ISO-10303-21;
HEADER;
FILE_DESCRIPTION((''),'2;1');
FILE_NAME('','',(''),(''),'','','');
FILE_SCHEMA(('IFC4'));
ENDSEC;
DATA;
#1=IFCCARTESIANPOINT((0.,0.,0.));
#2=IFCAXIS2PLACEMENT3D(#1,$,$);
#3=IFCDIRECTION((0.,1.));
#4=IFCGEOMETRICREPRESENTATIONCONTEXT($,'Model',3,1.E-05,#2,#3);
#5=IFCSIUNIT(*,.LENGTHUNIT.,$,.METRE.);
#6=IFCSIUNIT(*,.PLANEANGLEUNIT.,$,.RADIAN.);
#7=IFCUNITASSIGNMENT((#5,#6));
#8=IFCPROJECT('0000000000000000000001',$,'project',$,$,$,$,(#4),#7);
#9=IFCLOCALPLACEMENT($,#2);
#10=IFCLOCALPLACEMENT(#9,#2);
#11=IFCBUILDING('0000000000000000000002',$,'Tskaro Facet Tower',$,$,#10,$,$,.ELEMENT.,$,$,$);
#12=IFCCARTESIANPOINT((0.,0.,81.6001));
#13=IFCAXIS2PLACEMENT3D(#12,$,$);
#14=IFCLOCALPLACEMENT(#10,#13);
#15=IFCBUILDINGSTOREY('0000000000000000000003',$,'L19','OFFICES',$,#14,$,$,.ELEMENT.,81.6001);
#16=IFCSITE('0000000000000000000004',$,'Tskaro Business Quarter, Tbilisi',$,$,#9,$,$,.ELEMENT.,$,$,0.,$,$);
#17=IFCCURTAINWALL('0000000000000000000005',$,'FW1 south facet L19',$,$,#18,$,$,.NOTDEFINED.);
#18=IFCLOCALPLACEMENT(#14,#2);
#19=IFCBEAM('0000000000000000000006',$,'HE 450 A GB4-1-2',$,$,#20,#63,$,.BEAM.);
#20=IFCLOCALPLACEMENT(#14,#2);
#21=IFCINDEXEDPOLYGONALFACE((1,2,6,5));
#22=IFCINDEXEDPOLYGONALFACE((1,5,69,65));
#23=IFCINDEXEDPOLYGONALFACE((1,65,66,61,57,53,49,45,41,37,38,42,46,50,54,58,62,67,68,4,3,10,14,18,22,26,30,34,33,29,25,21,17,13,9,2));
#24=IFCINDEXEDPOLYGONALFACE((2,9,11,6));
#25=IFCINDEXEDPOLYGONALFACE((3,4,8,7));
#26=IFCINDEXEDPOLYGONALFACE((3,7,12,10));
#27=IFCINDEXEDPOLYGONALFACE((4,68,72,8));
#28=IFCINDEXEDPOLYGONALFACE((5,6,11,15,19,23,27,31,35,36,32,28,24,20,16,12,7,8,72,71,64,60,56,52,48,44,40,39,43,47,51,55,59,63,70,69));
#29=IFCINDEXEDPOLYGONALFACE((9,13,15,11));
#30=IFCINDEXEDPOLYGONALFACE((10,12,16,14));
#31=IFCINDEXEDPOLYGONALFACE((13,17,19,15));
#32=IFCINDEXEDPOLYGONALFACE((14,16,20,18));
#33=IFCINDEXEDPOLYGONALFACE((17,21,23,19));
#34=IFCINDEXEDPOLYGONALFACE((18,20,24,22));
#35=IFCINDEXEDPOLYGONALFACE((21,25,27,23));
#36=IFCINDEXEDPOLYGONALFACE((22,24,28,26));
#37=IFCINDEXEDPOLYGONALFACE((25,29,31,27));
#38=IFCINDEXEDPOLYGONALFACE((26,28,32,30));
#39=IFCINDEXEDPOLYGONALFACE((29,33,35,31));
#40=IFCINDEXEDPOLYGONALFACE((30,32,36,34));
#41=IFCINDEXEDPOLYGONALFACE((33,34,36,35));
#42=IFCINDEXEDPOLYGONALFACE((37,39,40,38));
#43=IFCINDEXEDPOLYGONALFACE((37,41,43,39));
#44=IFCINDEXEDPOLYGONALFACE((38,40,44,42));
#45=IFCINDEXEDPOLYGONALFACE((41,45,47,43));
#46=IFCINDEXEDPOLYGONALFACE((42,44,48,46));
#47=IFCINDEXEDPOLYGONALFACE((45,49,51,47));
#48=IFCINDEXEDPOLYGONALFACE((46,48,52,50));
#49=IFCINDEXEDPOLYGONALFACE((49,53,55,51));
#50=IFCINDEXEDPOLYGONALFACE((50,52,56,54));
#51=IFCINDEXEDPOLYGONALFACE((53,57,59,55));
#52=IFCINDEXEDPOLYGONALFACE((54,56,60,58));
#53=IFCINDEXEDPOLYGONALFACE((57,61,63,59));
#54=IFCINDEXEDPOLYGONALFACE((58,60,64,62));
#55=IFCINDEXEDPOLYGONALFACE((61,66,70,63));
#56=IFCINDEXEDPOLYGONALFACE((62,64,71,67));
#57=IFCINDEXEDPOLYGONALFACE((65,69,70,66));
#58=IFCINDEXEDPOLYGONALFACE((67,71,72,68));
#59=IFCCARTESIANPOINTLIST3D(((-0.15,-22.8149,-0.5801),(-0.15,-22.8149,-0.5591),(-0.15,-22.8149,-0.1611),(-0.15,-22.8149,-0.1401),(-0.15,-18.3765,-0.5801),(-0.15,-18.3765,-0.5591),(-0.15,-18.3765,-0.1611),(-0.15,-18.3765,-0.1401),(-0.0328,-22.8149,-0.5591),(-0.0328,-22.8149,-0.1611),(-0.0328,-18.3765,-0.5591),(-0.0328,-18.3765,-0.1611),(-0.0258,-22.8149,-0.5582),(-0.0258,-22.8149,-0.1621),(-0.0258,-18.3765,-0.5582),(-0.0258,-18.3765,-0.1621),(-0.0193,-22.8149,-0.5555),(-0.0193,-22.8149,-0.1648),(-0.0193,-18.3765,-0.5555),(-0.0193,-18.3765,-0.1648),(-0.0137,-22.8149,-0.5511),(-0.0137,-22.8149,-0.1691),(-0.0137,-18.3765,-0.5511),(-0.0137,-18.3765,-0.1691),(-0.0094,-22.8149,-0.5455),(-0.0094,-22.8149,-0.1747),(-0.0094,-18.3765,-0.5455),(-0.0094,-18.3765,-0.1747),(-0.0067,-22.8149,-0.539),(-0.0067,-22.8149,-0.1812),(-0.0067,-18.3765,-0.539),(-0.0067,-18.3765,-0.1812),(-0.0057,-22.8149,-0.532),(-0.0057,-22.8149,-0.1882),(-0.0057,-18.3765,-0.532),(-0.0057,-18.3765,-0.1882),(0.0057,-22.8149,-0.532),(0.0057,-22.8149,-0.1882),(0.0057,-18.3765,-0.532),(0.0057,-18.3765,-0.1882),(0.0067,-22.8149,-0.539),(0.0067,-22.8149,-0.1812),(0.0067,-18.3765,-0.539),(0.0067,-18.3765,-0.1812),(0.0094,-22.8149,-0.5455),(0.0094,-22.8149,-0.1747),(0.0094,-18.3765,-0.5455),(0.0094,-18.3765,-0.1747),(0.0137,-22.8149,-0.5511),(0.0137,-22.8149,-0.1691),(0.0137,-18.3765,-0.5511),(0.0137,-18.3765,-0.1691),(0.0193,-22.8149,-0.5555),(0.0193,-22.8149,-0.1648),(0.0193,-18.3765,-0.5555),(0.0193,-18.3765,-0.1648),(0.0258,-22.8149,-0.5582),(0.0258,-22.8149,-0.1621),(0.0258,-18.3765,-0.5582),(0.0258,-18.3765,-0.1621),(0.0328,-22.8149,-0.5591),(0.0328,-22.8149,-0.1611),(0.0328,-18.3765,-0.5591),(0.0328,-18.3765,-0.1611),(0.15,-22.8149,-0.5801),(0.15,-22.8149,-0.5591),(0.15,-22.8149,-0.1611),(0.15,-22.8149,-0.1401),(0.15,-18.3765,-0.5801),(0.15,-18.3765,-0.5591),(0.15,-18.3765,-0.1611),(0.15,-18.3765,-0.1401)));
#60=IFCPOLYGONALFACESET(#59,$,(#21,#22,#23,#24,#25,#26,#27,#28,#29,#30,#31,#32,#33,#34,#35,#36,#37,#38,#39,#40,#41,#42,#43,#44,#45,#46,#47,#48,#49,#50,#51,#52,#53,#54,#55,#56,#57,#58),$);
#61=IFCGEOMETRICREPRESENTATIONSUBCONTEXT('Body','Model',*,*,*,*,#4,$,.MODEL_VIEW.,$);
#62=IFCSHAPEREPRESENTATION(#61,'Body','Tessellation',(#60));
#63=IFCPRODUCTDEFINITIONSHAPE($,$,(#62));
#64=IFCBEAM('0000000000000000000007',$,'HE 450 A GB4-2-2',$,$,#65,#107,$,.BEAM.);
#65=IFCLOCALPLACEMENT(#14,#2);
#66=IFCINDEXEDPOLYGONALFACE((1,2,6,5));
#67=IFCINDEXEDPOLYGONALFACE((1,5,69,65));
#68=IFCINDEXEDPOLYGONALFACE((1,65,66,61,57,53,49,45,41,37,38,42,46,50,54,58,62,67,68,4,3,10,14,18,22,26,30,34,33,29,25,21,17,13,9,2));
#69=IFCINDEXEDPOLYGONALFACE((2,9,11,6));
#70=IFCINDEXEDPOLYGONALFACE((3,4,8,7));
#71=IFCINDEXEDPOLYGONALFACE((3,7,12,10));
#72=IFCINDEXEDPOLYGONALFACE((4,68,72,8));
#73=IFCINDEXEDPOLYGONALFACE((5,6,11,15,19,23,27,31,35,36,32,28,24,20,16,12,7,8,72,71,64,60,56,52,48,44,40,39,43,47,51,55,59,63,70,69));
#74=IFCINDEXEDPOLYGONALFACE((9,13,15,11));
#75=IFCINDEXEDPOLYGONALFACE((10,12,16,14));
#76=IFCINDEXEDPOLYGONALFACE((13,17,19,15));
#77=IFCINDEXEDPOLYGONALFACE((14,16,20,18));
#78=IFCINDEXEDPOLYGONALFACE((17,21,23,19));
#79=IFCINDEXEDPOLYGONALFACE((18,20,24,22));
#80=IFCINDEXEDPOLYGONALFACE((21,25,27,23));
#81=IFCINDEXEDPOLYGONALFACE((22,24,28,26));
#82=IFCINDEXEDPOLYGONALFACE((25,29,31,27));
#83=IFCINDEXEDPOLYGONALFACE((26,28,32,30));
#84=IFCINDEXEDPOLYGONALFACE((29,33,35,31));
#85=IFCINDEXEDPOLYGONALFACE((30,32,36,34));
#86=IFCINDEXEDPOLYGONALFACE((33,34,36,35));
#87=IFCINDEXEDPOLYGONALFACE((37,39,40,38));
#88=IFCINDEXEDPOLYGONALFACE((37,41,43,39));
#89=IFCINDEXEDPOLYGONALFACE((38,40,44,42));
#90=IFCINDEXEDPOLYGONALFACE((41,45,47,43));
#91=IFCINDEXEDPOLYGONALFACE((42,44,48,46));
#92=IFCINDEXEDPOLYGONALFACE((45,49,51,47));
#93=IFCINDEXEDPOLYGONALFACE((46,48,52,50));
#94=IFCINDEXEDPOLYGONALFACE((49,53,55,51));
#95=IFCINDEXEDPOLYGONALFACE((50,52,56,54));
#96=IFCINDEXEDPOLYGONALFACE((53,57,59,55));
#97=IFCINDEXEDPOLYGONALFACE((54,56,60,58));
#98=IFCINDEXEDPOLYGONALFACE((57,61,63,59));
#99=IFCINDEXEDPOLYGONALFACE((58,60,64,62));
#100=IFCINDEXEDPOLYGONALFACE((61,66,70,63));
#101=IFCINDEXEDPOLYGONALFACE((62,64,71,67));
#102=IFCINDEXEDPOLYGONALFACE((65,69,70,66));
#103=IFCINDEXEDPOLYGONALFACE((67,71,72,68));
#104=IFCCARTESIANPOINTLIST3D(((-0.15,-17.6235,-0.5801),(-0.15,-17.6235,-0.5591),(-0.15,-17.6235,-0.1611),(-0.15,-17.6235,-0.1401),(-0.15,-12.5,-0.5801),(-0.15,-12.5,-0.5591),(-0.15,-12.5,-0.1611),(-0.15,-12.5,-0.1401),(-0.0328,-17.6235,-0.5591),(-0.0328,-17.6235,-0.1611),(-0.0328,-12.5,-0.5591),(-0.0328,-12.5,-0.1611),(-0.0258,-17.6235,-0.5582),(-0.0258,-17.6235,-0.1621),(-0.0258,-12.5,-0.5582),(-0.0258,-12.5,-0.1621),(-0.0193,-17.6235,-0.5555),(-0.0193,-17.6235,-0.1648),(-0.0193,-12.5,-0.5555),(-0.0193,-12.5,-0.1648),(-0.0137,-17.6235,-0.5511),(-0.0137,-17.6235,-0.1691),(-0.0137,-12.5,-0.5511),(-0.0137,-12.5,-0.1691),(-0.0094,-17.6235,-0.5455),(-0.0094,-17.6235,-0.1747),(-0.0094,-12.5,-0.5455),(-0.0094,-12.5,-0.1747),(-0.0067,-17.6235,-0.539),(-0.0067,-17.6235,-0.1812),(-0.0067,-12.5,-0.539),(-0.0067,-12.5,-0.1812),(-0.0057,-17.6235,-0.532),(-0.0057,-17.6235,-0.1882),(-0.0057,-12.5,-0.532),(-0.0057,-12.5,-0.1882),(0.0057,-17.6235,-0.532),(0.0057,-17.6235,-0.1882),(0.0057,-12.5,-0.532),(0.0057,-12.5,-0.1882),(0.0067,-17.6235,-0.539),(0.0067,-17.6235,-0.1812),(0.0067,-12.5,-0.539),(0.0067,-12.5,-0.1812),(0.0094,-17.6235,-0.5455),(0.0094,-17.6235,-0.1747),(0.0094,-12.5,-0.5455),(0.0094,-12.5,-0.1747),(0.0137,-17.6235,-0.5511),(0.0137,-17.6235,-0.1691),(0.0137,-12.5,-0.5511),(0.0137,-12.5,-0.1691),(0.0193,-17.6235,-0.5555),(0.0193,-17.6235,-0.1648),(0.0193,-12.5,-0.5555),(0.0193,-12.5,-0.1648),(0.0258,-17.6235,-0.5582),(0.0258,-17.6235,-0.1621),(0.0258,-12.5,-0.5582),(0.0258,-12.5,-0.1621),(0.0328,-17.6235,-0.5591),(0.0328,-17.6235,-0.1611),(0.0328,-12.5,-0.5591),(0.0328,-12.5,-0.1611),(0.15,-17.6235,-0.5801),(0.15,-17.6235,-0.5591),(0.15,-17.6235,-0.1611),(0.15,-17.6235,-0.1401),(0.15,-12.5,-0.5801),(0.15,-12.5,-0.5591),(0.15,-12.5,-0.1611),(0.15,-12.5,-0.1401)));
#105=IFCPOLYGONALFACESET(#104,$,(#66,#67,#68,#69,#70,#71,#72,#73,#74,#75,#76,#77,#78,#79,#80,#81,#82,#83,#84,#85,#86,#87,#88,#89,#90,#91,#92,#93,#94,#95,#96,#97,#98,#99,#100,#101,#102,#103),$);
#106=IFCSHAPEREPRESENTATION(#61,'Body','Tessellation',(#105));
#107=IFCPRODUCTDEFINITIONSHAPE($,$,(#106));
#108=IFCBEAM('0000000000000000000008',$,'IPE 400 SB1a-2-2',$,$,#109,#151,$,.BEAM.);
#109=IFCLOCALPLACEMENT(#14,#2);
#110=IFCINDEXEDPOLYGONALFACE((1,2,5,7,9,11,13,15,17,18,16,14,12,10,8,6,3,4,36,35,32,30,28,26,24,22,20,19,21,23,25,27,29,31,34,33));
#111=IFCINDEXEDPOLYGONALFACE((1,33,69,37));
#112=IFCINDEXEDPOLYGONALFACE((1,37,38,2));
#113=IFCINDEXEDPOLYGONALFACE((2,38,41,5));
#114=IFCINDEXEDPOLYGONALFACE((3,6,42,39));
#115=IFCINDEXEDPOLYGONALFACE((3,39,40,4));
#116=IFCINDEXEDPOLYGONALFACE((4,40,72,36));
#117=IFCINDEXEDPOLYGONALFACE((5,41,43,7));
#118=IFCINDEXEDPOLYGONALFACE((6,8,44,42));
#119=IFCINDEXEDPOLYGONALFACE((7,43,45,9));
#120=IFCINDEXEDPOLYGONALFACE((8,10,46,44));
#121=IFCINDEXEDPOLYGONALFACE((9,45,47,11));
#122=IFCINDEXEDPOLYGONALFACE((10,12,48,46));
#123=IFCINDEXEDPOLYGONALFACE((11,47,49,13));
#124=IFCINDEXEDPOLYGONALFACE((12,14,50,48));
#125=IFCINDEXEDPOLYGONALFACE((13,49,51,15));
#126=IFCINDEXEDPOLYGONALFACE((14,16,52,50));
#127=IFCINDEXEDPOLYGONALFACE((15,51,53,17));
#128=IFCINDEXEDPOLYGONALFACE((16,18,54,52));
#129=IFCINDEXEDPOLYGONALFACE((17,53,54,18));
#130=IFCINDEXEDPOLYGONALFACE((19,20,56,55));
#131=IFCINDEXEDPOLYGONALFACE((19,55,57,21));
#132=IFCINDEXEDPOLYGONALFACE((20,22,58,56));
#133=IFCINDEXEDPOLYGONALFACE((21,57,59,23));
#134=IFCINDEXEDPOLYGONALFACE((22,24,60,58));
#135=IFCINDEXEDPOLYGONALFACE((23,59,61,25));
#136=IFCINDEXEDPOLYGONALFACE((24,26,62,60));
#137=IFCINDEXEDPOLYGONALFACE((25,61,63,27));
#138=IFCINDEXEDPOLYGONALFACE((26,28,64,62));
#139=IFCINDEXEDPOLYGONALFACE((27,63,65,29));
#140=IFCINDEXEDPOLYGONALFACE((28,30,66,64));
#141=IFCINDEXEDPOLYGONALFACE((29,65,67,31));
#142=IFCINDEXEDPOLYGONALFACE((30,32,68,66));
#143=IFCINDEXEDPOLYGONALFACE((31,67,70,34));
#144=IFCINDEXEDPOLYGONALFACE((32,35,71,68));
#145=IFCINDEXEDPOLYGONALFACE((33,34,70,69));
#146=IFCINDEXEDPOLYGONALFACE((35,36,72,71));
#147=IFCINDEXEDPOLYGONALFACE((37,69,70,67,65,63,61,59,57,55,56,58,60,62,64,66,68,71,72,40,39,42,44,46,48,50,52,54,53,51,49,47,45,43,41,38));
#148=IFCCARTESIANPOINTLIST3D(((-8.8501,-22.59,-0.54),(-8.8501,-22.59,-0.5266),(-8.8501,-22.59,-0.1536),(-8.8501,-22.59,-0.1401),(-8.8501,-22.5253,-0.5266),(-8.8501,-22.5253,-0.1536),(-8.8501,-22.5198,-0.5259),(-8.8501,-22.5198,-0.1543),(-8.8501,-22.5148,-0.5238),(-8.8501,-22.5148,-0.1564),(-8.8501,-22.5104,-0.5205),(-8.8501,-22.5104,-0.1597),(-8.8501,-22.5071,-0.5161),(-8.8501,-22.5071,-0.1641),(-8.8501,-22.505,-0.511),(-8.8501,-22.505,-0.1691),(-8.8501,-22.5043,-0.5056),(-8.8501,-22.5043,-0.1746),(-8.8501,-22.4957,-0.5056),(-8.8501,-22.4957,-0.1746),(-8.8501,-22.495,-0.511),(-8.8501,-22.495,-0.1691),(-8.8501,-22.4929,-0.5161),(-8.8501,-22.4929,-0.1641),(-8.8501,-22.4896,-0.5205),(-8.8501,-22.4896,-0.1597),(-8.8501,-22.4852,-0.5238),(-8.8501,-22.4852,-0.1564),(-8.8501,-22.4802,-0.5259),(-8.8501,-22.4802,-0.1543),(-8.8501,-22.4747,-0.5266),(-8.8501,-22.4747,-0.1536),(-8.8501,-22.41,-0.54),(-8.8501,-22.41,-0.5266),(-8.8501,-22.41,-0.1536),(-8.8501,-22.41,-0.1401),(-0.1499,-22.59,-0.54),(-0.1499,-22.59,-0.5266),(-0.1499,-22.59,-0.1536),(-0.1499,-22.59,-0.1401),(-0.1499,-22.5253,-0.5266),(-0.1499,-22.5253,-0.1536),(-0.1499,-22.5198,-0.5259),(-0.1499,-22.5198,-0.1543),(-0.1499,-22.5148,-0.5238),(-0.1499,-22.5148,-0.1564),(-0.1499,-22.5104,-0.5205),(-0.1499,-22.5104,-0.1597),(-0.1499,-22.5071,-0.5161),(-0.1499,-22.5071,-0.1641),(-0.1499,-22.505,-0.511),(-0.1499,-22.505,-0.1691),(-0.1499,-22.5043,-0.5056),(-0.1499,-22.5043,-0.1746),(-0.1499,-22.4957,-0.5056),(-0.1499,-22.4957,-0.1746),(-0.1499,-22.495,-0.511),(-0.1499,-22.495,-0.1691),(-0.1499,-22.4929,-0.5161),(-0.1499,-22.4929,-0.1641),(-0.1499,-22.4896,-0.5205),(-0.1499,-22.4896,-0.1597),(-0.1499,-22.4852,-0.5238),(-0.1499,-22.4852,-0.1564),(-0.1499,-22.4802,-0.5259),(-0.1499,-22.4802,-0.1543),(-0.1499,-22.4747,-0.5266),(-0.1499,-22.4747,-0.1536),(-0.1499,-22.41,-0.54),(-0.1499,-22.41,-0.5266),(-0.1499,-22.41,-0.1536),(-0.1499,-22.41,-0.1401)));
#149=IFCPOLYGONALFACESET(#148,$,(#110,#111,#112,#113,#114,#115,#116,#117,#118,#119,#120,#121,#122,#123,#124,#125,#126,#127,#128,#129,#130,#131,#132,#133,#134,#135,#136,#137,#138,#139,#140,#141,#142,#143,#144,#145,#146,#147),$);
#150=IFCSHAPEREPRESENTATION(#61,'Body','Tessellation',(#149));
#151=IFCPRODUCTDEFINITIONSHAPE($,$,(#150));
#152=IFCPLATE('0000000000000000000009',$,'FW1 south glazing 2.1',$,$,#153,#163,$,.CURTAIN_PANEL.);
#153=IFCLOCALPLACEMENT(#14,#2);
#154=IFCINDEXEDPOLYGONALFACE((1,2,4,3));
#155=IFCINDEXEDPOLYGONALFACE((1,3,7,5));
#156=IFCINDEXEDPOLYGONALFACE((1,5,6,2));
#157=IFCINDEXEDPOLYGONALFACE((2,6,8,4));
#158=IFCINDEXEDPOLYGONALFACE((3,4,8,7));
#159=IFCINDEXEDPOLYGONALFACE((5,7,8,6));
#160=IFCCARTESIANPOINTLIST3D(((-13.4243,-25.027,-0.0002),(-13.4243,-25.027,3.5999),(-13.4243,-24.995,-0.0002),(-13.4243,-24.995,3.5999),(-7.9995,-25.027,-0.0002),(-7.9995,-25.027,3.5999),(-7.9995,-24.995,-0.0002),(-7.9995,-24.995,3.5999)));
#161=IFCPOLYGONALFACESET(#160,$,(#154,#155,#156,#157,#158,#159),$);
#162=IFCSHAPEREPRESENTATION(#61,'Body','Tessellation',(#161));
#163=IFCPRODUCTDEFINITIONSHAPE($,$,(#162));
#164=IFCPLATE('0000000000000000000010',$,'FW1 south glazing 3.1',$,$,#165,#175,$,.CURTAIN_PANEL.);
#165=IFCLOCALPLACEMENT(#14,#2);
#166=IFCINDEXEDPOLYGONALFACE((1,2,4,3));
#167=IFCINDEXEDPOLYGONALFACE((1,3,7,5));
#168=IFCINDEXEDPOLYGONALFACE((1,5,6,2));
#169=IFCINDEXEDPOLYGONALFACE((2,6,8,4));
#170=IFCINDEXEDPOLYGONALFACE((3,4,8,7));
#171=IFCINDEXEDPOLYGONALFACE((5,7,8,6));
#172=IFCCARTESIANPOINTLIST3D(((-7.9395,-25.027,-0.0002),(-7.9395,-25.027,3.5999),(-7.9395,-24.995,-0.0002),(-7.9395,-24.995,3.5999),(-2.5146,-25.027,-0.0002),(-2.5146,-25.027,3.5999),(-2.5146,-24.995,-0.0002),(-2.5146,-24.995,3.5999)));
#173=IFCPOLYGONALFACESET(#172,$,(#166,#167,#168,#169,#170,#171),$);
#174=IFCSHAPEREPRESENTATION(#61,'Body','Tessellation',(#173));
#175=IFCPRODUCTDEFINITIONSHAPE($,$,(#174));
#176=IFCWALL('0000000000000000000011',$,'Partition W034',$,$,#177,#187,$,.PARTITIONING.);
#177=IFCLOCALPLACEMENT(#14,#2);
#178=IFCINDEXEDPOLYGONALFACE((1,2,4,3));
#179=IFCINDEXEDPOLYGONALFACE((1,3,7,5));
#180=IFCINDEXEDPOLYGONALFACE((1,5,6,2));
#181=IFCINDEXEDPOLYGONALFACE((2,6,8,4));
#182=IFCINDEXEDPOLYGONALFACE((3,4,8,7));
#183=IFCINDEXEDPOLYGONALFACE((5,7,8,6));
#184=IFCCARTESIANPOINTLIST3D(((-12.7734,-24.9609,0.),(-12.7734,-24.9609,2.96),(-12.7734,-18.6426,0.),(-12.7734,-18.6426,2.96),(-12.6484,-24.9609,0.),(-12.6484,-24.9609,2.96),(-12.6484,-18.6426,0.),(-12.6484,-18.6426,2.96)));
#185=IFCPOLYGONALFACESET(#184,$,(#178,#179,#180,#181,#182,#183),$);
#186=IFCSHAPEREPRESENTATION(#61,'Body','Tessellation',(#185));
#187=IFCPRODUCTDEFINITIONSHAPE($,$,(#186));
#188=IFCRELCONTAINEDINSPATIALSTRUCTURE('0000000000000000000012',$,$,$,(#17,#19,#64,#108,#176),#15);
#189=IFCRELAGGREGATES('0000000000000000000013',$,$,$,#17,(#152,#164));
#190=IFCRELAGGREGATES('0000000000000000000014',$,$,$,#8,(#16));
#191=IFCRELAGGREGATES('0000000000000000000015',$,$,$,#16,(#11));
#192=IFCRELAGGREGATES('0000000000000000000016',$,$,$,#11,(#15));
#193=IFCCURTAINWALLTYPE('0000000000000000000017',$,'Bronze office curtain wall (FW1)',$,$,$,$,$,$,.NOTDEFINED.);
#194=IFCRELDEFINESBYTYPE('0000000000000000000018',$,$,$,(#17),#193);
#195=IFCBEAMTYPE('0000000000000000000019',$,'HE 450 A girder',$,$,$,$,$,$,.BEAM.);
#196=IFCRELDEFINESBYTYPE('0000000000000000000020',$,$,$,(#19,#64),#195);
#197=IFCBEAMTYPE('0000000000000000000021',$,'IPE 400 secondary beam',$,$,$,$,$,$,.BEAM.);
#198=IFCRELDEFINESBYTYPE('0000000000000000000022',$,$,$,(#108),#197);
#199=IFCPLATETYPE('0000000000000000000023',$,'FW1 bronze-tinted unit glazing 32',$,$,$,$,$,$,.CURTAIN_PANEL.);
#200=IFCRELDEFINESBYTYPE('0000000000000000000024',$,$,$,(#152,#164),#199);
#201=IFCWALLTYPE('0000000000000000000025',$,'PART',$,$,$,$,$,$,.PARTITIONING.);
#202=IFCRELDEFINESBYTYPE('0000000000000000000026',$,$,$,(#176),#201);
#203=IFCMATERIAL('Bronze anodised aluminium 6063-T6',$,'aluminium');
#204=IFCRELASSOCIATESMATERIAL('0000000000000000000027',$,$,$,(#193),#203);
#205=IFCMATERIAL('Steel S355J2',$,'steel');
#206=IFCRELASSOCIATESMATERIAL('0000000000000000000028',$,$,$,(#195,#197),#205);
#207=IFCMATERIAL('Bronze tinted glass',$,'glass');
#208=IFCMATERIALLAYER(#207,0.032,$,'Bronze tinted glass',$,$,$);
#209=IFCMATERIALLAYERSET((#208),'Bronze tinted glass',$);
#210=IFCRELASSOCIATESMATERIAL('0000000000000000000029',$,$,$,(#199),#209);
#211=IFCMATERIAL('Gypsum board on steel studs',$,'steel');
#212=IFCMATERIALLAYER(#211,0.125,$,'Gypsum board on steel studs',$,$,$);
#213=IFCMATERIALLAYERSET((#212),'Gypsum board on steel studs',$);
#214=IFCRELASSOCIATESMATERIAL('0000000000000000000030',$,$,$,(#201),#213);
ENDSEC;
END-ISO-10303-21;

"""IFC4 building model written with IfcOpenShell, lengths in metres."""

from ifc_helpers import new_model, si_unit, direction, frame, frame_2d, origin, origin_2d, place, context, subcontext, project, spatial, rectangle, i_section, extrude, material, layer, layer_set, material_profile, profile_set, type_object, element, aggregate, save


model = new_model("IFC4")

# Units and contexts
model_context = context("Model", 3, precision=1e-05, world=origin(), true_north=direction((0.0, 1.0)))
body_context = subcontext(model_context, "Body", "Model", "MODEL_VIEW")
ifc_project = project(units=[si_unit("LENGTHUNIT", "METRE"), si_unit("PLANEANGLEUNIT", "RADIAN")], contexts=[model_context])

# Site, building, storey
site_placement = place(None, origin())
site = spatial("IfcSite", under=ifc_project, at=site_placement, Name="Tskaro Business Quarter, Tbilisi", CompositionType="ELEMENT", RefElevation=0.0)
building_placement = place(site_placement, origin())
building = spatial("IfcBuilding", under=site, at=building_placement, Name="Tskaro Facet Tower", CompositionType="ELEMENT")
storey_placement = place(building_placement, frame((0.0, 0.0, 81.6001)))
storey = spatial("IfcBuildingStorey", under=building, at=storey_placement, Name="L19", Description="OFFICES", CompositionType="ELEMENT", Elevation=81.6001)

# Curtain wall
ifc_material_1 = material(Name="Bronze anodised aluminium 6063-T6", Category="aluminium")
curtain_wall_type = type_object("IfcCurtainWallType", Name="Bronze office curtain wall (FW1)", PredefinedType="NOTDEFINED", material=ifc_material_1)
curtain_wall_placement = place(storey_placement, origin())
curtain_wall = element("IfcCurtainWall", 1, at=curtain_wall_placement, inside=storey, type_object=curtain_wall_type, Name="FW1 south facet L19", PredefinedType="NOTDEFINED")

# Beams
ifc_material_2 = material(Name="Steel S355J2", Category="steel")
ifc_material_profile_1 = material_profile(ifc_material_2, i_section(OverallWidth=0.3, OverallDepth=0.4399, WebThickness=0.0115, FlangeThickness=0.021, FilletRadius=0.0271, at=origin_2d()), Name="HE 450 A")
ifc_profile_set_1 = profile_set([ifc_material_profile_1], Name="Steel S355J2")
beam_type_1 = type_object("IfcBeamType", Name="HE 450 A girder", PredefinedType="BEAM", material=ifc_profile_set_1)
beam_1_placement = place(storey_placement, frame((0.0, -22.8149, -0.3601), z_axis=(0.0, 1.0, 0.0), x_axis=(-1.0, 0.0, 0.0)))
element("IfcBeam", 2, at=beam_1_placement, inside=storey, type_object=beam_type_1, Name="HE 450 A GB4-1-2", PredefinedType="BEAM", context=body_context, shape_type="SweptSolid", body=[
    extrude(i_section(OverallWidth=0.3, OverallDepth=0.4399, WebThickness=0.0115, FlangeThickness=0.021, FilletRadius=0.0271, at=origin_2d()), origin(), (0.0, 0.0, 1.0), 4.4385),
])
beam_2_placement = place(storey_placement, frame((0.0, -17.6235, -0.3601), z_axis=(0.0, 1.0, 0.0), x_axis=(-1.0, 0.0, 0.0)))
element("IfcBeam", 3, at=beam_2_placement, inside=storey, type_object=beam_type_1, Name="HE 450 A GB4-2-2", PredefinedType="BEAM", context=body_context, shape_type="SweptSolid", body=[
    extrude(i_section(OverallWidth=0.3, OverallDepth=0.4399, WebThickness=0.0115, FlangeThickness=0.021, FilletRadius=0.0271, at=origin_2d()), origin(), (0.0, 0.0, 1.0), 5.1235),
])
ifc_material_profile_2 = material_profile(ifc_material_2, i_section(OverallWidth=0.1799, OverallDepth=0.3999, WebThickness=0.0085, FlangeThickness=0.0134, FilletRadius=0.021, at=origin_2d()), Name="IPE 400")
ifc_profile_set_2 = profile_set([ifc_material_profile_2], Name="Steel S355J2")
beam_type_2 = type_object("IfcBeamType", Name="IPE 400 secondary beam", PredefinedType="BEAM", material=ifc_profile_set_2)
beam_3_placement = place(storey_placement, frame((-8.8501, -22.5, -0.3401), z_axis=(1.0, 0.0, 0.0), x_axis=(0.0, 1.0, 0.0)))
element("IfcBeam", 4, at=beam_3_placement, inside=storey, type_object=beam_type_2, Name="IPE 400 SB1a-2-2", PredefinedType="BEAM", context=body_context, shape_type="SweptSolid", body=[
    extrude(i_section(OverallWidth=0.1799, OverallDepth=0.3999, WebThickness=0.0085, FlangeThickness=0.0134, FilletRadius=0.021, at=origin_2d()), origin(), (0.0, 0.0, 1.0), 8.7002),
])

# Plates
ifc_material_3 = material(Name="Bronze tinted glass", Category="glass")
ifc_layer_1 = layer(ifc_material_3, 0.032, Name="Bronze tinted glass")
ifc_layer_set_1 = layer_set([ifc_layer_1], Name="Bronze tinted glass")
plate_type = type_object("IfcPlateType", Name="FW1 bronze-tinted unit glazing 32", PredefinedType="CURTAIN_PANEL", material=ifc_layer_set_1)
plate_1_placement = place(storey_placement, frame((-10.7119, -25.011, -0.0002), z_axis=(0.0, 0.0, 1.0), x_axis=(1.0, 0.0, 0.0)))
plate_1 = element("IfcPlate", 5, at=plate_1_placement, type_object=plate_type, Name="FW1 south glazing 2.1", PredefinedType="CURTAIN_PANEL", context=body_context, shape_type="SweptSolid", body=[
    extrude(rectangle(XDim=5.4248, YDim=0.032, at=origin_2d()), origin(), (0.0, 0.0, 1.0), 3.6001),
])
plate_2_placement = place(storey_placement, frame((-5.2271, -25.011, -0.0002), z_axis=(0.0, 0.0, 1.0), x_axis=(1.0, 0.0, 0.0)))
plate_2 = element("IfcPlate", 6, at=plate_2_placement, type_object=plate_type, Name="FW1 south glazing 3.1", PredefinedType="CURTAIN_PANEL", context=body_context, shape_type="SweptSolid", body=[
    extrude(rectangle(XDim=5.4248, YDim=0.032, at=origin_2d()), origin(), (0.0, 0.0, 1.0), 3.6001),
])
aggregate(curtain_wall, [plate_1, plate_2])

# Wall
ifc_material_4 = material(Name="Gypsum board on steel studs", Category="steel")
ifc_layer_2 = layer(ifc_material_4, 0.125, Name="Gypsum board on steel studs")
ifc_layer_set_2 = layer_set([ifc_layer_2], Name="Gypsum board on steel studs")
wall_type = type_object("IfcWallType", Name="PART", PredefinedType="PARTITIONING", material=ifc_layer_set_2)
for number, where, z_axis, x_axis, name in (
    (7, (-12.7109, -24.9609, 0.0), (0.0, 0.0, 1.0), (0.0, 1.0, 0.0), "Partition W034"),
):
    element("IfcWall", number, at=place(storey_placement, frame(where, z_axis=z_axis, x_axis=x_axis)), inside=storey, type_object=wall_type, Name=name, PredefinedType="PARTITIONING", context=body_context, shape_type="SweptSolid", body=[
        extrude(rectangle(XDim=6.3184, YDim=0.125, at=frame_2d((3.1592, 0.0))), origin(), (0.0, 0.0, 1.0), 2.96),
    ])

save(model, "model.ifc")
